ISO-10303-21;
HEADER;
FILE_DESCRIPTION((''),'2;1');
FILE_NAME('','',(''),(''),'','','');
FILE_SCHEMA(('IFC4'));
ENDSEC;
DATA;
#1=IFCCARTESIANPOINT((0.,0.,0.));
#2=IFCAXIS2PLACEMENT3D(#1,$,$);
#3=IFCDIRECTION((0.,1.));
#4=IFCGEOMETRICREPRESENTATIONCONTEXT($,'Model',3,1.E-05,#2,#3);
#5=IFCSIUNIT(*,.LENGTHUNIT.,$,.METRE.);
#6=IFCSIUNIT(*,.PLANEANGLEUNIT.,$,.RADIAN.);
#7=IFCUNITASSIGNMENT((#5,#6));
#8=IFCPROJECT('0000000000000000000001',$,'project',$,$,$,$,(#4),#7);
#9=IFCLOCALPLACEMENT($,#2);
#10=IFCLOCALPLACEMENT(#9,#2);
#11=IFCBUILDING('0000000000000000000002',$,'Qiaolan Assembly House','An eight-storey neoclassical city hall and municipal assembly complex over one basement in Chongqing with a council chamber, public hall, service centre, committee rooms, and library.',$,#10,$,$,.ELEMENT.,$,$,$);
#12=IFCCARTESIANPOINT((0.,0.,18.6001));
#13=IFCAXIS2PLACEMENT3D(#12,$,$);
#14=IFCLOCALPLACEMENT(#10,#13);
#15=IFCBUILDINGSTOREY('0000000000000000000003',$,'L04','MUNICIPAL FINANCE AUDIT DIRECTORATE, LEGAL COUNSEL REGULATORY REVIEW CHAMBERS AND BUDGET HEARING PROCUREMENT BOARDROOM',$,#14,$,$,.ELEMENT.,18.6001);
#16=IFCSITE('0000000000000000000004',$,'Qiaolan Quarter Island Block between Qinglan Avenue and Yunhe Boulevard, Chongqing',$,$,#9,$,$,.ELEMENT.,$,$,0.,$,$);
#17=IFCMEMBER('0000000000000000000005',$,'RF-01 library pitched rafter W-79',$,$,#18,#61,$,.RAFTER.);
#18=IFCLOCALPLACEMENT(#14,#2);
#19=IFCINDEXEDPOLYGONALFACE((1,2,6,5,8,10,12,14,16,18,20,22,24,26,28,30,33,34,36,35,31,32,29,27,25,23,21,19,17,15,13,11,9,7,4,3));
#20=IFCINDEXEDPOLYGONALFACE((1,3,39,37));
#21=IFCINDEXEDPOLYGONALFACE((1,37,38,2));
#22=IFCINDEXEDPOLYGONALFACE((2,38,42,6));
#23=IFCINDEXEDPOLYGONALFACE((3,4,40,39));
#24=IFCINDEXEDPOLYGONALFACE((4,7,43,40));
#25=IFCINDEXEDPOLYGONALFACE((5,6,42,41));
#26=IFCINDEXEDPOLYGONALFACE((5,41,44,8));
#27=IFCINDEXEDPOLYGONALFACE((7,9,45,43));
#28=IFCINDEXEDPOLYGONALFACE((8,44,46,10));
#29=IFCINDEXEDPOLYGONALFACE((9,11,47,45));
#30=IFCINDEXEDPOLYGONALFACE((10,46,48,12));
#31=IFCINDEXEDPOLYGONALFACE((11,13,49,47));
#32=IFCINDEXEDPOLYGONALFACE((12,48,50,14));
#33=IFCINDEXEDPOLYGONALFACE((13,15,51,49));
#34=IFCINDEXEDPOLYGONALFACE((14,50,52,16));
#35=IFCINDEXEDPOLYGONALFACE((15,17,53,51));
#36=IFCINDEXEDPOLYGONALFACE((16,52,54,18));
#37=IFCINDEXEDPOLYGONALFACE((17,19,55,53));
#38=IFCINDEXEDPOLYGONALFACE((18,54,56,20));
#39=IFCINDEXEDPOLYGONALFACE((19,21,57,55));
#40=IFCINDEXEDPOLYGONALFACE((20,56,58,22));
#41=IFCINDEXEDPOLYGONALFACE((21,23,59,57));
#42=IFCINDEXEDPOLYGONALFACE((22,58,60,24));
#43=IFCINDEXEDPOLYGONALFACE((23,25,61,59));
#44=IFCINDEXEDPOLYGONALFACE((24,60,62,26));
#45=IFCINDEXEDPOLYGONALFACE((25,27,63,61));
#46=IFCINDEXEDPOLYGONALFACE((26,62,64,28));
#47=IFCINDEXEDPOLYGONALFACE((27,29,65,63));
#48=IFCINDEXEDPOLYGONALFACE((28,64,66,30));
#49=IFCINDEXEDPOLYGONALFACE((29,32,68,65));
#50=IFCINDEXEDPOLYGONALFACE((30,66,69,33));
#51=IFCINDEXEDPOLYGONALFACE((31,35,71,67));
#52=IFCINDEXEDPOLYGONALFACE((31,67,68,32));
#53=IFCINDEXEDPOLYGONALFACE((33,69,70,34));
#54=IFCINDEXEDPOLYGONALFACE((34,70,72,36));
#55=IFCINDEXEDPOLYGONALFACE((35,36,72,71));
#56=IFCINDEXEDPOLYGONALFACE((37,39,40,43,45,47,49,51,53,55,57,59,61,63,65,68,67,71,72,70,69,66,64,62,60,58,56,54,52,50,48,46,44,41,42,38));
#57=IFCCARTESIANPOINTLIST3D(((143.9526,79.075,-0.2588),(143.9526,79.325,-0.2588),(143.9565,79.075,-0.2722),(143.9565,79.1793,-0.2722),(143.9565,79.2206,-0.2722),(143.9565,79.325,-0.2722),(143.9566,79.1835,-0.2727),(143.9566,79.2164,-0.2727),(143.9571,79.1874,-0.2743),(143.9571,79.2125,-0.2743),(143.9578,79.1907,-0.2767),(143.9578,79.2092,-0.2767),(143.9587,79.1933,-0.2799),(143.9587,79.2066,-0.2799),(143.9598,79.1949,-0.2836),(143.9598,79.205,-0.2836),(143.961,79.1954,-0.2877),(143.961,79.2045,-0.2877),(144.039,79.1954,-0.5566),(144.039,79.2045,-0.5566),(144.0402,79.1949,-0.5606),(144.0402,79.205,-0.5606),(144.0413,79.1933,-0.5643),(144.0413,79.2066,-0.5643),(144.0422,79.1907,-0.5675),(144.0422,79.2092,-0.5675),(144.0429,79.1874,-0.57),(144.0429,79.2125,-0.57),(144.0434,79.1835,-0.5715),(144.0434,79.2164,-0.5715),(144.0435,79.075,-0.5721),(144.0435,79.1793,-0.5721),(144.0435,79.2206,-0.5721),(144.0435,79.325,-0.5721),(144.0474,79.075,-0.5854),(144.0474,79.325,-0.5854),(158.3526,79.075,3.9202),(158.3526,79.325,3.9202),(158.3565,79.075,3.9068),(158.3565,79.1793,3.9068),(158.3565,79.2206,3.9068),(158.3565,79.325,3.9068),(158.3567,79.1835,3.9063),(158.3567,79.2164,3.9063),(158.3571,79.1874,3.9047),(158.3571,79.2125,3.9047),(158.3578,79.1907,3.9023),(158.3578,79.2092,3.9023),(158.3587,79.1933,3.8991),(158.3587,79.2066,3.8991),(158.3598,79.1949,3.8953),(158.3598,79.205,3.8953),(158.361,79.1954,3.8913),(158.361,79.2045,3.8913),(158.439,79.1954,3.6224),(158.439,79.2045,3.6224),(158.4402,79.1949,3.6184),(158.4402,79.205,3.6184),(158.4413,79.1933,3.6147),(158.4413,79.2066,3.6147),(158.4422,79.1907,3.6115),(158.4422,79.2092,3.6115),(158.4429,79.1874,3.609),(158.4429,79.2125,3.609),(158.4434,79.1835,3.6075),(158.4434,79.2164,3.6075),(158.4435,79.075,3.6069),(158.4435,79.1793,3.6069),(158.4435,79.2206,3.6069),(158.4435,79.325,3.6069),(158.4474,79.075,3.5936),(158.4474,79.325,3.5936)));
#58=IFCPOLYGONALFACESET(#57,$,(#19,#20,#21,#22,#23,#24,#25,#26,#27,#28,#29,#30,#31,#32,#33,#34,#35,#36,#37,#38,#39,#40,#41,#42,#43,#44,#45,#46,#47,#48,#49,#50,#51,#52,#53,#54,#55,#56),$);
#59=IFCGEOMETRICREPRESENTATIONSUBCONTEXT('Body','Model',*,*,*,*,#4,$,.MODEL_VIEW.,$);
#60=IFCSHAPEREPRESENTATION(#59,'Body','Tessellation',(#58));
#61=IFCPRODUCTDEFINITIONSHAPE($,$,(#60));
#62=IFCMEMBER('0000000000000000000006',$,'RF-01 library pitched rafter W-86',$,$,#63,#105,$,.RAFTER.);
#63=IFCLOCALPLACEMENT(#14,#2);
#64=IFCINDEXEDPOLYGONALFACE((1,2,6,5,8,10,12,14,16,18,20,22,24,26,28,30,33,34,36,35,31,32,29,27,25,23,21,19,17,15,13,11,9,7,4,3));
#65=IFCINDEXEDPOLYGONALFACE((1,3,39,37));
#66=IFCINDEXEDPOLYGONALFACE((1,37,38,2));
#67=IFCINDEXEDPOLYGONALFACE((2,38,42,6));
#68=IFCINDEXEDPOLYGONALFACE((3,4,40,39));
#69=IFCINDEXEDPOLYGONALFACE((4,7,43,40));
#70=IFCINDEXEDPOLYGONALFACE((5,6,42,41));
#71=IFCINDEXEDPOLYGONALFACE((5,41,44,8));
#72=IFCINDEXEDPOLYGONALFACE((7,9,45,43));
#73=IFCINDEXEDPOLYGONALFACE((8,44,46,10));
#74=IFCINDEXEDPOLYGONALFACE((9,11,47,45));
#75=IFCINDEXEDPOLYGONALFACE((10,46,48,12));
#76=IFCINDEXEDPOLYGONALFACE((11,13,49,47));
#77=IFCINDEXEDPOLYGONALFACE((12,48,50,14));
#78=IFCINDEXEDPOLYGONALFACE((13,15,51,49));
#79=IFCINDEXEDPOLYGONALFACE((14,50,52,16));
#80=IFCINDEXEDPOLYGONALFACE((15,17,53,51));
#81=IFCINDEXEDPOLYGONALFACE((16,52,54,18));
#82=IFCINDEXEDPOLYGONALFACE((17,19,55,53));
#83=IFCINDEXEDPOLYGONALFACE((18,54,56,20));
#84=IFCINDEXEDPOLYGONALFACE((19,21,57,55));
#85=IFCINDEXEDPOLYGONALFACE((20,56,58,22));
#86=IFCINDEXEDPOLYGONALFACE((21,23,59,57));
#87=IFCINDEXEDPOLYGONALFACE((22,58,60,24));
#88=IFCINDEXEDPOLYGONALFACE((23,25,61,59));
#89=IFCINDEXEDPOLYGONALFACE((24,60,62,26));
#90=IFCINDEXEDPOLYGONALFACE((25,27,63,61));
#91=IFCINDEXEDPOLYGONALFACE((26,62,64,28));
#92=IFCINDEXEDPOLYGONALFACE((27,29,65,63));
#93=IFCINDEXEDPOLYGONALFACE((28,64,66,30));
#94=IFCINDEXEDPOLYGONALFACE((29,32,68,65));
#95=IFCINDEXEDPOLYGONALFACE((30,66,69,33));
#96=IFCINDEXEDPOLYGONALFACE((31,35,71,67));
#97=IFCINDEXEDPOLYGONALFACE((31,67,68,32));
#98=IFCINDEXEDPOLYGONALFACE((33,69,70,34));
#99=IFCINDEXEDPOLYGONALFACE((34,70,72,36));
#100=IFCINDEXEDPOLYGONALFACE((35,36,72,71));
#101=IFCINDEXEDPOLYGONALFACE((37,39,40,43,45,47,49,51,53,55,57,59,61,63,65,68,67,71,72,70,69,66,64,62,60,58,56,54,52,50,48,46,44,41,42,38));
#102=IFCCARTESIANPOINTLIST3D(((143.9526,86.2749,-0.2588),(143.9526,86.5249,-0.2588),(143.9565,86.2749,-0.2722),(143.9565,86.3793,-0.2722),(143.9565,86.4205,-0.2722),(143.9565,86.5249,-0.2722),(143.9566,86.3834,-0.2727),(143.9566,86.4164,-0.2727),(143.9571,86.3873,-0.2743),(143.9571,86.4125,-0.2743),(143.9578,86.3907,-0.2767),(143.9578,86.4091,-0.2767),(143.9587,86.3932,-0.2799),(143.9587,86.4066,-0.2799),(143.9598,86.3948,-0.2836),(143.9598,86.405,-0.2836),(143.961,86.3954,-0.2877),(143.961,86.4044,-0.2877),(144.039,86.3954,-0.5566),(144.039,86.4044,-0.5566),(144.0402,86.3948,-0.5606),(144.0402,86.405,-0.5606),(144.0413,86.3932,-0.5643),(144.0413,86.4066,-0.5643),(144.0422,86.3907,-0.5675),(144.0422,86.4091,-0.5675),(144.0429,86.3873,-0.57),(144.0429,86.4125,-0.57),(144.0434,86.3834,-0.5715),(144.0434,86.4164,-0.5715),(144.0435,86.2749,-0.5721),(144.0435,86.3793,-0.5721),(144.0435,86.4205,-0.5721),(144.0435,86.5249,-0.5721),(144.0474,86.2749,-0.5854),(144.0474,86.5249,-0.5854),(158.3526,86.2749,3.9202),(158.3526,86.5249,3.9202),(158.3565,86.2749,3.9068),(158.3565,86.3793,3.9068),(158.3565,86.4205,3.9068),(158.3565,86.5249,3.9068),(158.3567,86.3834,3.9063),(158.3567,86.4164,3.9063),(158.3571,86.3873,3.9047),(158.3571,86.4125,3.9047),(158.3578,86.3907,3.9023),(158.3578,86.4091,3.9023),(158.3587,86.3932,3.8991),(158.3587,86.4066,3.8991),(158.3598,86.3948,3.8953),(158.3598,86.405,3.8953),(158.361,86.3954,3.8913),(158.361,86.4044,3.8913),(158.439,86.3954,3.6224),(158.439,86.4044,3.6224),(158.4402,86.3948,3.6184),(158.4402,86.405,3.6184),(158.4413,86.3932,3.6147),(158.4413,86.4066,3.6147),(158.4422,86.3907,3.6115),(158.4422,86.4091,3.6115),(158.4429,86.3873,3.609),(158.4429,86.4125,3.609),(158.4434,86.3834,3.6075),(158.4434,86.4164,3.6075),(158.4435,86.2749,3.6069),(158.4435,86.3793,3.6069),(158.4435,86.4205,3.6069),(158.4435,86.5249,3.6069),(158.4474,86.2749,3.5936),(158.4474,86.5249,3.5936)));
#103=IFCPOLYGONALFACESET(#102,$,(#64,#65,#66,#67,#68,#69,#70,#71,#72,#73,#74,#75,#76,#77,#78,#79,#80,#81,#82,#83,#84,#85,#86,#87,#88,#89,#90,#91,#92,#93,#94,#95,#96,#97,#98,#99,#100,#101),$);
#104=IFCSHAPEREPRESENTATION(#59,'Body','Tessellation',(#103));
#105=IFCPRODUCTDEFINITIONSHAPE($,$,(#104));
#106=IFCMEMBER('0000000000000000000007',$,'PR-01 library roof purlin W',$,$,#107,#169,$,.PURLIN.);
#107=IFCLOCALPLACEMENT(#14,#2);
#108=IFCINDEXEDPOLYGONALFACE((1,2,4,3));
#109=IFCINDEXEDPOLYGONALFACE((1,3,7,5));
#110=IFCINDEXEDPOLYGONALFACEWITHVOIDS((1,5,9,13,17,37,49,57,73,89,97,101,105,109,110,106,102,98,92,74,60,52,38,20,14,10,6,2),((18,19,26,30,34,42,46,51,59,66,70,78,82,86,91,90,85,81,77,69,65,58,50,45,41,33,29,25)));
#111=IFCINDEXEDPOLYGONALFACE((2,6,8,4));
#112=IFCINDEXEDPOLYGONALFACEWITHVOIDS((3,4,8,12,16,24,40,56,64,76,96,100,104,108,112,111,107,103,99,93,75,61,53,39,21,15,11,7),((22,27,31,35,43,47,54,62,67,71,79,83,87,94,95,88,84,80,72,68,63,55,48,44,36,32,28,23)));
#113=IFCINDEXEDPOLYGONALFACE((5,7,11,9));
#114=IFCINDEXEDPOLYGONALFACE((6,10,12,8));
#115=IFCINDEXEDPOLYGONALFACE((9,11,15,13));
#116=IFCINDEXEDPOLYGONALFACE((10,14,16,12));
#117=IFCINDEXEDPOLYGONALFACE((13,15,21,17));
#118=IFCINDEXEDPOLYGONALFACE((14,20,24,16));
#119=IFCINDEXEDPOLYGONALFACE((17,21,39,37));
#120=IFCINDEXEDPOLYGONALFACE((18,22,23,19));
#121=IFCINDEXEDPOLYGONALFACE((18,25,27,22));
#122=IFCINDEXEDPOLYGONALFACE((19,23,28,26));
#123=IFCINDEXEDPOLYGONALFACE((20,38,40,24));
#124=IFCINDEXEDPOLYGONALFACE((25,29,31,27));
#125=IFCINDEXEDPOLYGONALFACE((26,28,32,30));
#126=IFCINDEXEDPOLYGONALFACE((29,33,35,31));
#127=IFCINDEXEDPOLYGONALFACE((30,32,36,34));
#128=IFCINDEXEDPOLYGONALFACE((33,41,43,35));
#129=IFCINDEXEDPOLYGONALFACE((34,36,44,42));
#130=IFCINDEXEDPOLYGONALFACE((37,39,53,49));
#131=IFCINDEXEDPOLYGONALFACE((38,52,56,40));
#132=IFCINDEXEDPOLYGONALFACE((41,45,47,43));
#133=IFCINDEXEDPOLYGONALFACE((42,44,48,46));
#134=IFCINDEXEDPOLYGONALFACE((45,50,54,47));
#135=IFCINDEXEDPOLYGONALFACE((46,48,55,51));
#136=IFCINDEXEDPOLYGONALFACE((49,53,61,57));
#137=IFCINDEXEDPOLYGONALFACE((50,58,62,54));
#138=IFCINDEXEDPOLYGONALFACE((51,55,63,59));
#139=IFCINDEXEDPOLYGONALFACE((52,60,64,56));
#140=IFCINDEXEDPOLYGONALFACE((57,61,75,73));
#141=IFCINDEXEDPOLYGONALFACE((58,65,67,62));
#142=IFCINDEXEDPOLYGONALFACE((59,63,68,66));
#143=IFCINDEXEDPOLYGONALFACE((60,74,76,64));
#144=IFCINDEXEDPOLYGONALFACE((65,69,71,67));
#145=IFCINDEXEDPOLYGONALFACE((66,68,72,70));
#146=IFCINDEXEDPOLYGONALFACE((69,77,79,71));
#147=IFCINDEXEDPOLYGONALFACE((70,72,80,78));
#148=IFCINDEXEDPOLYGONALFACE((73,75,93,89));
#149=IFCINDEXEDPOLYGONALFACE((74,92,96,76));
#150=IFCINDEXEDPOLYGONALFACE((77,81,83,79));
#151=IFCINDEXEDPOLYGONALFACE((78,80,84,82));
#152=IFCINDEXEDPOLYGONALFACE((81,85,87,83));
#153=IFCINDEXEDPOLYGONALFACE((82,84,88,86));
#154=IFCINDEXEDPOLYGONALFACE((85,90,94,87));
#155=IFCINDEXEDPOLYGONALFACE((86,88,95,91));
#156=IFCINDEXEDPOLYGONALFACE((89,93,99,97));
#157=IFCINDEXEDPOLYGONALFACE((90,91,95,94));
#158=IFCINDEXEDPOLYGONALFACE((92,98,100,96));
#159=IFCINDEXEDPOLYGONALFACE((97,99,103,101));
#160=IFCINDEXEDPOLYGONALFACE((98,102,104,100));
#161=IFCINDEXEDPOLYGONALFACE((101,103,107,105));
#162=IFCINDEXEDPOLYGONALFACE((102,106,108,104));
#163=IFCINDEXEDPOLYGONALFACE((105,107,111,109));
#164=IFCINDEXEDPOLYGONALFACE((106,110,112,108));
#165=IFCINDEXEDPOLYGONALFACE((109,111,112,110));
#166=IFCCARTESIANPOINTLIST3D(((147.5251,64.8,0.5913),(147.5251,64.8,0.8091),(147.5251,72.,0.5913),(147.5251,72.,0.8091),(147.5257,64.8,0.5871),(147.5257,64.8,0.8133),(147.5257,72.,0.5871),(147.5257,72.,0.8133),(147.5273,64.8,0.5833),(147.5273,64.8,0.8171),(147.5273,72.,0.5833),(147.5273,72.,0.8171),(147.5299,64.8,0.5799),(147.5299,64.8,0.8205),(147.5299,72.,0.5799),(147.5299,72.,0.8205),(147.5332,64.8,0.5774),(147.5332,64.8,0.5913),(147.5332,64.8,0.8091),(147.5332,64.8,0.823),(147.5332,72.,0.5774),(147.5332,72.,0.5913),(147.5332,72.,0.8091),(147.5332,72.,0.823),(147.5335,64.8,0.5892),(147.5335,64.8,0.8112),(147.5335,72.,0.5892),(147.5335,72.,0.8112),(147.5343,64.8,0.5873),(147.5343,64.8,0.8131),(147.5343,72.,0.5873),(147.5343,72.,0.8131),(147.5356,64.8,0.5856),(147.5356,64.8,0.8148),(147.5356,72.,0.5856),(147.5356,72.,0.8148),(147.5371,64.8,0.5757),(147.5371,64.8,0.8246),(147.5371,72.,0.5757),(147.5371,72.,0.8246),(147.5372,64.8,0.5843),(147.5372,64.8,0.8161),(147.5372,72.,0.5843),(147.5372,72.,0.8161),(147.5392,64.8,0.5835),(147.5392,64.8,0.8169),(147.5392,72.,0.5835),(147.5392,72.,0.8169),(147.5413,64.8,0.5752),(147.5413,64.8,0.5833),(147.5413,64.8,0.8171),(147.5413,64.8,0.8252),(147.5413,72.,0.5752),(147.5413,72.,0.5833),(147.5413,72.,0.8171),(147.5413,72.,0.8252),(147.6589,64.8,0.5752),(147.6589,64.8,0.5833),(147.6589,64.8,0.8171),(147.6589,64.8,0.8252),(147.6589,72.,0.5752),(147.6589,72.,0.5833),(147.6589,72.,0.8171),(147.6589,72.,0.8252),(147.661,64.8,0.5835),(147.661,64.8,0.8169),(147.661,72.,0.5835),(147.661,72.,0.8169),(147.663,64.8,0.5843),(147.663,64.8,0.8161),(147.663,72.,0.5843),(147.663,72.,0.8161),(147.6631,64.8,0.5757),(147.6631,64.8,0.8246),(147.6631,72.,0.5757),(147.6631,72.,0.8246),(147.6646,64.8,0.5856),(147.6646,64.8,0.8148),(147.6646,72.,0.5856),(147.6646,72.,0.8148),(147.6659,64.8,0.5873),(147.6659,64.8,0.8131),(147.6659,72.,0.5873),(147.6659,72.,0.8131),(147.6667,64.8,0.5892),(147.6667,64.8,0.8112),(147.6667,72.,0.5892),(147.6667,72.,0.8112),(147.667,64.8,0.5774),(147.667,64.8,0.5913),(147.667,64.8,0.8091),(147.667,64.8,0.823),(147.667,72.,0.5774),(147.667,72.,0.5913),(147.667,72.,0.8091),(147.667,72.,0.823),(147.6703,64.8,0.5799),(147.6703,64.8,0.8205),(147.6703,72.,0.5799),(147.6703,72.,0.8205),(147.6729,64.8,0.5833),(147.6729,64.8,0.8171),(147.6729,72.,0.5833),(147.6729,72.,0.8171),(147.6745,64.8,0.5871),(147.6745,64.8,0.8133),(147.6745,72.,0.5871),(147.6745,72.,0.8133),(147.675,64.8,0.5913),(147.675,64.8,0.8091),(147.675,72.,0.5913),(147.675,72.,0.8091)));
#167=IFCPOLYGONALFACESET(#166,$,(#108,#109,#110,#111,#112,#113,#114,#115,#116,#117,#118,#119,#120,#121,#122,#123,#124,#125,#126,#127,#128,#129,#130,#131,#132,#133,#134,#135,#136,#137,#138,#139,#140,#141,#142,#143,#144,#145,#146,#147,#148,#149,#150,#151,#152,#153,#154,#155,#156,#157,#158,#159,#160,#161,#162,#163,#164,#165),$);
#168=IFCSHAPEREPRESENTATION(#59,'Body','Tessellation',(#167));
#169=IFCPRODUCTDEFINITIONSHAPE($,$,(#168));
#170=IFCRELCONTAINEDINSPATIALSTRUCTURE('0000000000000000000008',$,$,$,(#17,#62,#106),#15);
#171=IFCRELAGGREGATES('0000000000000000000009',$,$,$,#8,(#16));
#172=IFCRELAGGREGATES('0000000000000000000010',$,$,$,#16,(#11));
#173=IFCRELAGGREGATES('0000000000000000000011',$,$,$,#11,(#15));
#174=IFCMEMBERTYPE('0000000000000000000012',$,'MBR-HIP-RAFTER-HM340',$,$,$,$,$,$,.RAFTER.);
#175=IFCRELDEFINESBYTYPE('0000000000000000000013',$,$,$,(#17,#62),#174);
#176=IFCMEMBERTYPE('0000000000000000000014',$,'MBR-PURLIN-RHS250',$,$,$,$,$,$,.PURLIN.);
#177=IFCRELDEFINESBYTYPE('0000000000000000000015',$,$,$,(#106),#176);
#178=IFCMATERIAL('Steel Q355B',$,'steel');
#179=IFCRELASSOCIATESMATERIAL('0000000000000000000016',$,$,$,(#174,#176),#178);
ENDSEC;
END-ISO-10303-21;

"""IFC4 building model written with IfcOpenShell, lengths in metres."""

from ifc_helpers import new_model, si_unit, direction, frame, origin, origin_2d, place, context, subcontext, project, spatial, hollow_rectangle, i_section, extrude, material, material_profile, profile_set, type_object, element, save


model = new_model("IFC4")

# Units and contexts
model_context = context("Model", 3, precision=1e-05, world=origin(), true_north=direction((0.0, 1.0)))
body_context = subcontext(model_context, "Body", "Model", "MODEL_VIEW")
ifc_project = project(units=[si_unit("LENGTHUNIT", "METRE"), si_unit("PLANEANGLEUNIT", "RADIAN")], contexts=[model_context])

# Site, building, storey
site_placement = place(None, origin())
site = spatial("IfcSite", under=ifc_project, at=site_placement, Name="Qiaolan Quarter Island Block between Qinglan Avenue and Yunhe Boulevard, Chongqing", CompositionType="ELEMENT", RefElevation=0.0)
building_placement = place(site_placement, origin())
building = spatial("IfcBuilding", under=site, at=building_placement, Name="Qiaolan Assembly House", Description="An eight-storey neoclassical city hall and municipal assembly complex over one basement in Chongqing with a council chamber, public hall, service centre, committee rooms, and library.", CompositionType="ELEMENT")
storey_placement = place(building_placement, frame((0.0, 0.0, 18.6001)))
storey = spatial("IfcBuildingStorey", under=building, at=storey_placement, Name="L04", Description="MUNICIPAL FINANCE AUDIT DIRECTORATE, LEGAL COUNSEL REGULATORY REVIEW CHAMBERS AND BUDGET HEARING PROCUREMENT BOARDROOM", CompositionType="ELEMENT", Elevation=18.6001)

# Shared definitions
ifc_material = material(Name="Steel Q355B", Category="steel")

# Members
ifc_material_profile_1 = material_profile(ifc_material, i_section(OverallWidth=0.25, OverallDepth=0.3401, WebThickness=0.009, FlangeThickness=0.0139, FilletRadius=0.0161, at=origin_2d()), Name="HM 340x250x9x14-RF")
ifc_profile_set_1 = profile_set([ifc_material_profile_1], Name="Steel Q355B")
member_type_1 = type_object("IfcMemberType", Name="MBR-HIP-RAFTER-HM340", PredefinedType="RAFTER", material=ifc_profile_set_1)
for number, where, z_axis, x_axis, name in (
    (1, (144.0, 79.2, -0.4221), (0.960376, 0.0, 0.278708), (0.0, 1.0, 0.0), "RF-01 library pitched rafter W-79"),
    (2, (144.0, 86.3999, -0.4221), (0.960376, 0.0, 0.278708), (0.0, 1.0, 0.0), "RF-01 library pitched rafter W-86"),
):
    element("IfcMember", number, at=place(storey_placement, frame(where, z_axis=z_axis, x_axis=x_axis)), inside=storey, type_object=member_type_1, Name=name, PredefinedType="RAFTER", context=body_context, shape_type="SweptSolid", body=[
        extrude(i_section(OverallWidth=0.25, OverallDepth=0.3401, WebThickness=0.009, FlangeThickness=0.0139, FilletRadius=0.0161, at=origin_2d()), origin(), (0.0, 0.0, 1.0), 14.9941),
    ])
ifc_material_profile_2 = material_profile(ifc_material, hollow_rectangle(XDim=0.1499, YDim=0.25, WallThickness=0.0081, InnerFilletRadius=0.0081, OuterFilletRadius=0.0161, at=origin_2d()), Name="RHS 250x150x8")
ifc_profile_set_2 = profile_set([ifc_material_profile_2], Name="Steel Q355B")
member_type_2 = type_object("IfcMemberType", Name="MBR-PURLIN-RHS250", PredefinedType="PURLIN", material=ifc_profile_set_2)
for number, where, z_axis, x_axis, name in (
    (3, (147.6001, 64.8, 0.7002), (0.0, 1.0, 0.0), (-1.0, 0.0, 0.0), "PR-01 library roof purlin W"),
):
    element("IfcMember", number, at=place(storey_placement, frame(where, z_axis=z_axis, x_axis=x_axis)), inside=storey, type_object=member_type_2, Name=name, PredefinedType="PURLIN", context=body_context, shape_type="SweptSolid", body=[
        extrude(hollow_rectangle(XDim=0.1499, YDim=0.25, WallThickness=0.0081, InnerFilletRadius=0.0081, OuterFilletRadius=0.0161, at=origin_2d()), origin(), (0.0, 0.0, 1.0), 7.2),
    ])

save(model, "model.ifc")
